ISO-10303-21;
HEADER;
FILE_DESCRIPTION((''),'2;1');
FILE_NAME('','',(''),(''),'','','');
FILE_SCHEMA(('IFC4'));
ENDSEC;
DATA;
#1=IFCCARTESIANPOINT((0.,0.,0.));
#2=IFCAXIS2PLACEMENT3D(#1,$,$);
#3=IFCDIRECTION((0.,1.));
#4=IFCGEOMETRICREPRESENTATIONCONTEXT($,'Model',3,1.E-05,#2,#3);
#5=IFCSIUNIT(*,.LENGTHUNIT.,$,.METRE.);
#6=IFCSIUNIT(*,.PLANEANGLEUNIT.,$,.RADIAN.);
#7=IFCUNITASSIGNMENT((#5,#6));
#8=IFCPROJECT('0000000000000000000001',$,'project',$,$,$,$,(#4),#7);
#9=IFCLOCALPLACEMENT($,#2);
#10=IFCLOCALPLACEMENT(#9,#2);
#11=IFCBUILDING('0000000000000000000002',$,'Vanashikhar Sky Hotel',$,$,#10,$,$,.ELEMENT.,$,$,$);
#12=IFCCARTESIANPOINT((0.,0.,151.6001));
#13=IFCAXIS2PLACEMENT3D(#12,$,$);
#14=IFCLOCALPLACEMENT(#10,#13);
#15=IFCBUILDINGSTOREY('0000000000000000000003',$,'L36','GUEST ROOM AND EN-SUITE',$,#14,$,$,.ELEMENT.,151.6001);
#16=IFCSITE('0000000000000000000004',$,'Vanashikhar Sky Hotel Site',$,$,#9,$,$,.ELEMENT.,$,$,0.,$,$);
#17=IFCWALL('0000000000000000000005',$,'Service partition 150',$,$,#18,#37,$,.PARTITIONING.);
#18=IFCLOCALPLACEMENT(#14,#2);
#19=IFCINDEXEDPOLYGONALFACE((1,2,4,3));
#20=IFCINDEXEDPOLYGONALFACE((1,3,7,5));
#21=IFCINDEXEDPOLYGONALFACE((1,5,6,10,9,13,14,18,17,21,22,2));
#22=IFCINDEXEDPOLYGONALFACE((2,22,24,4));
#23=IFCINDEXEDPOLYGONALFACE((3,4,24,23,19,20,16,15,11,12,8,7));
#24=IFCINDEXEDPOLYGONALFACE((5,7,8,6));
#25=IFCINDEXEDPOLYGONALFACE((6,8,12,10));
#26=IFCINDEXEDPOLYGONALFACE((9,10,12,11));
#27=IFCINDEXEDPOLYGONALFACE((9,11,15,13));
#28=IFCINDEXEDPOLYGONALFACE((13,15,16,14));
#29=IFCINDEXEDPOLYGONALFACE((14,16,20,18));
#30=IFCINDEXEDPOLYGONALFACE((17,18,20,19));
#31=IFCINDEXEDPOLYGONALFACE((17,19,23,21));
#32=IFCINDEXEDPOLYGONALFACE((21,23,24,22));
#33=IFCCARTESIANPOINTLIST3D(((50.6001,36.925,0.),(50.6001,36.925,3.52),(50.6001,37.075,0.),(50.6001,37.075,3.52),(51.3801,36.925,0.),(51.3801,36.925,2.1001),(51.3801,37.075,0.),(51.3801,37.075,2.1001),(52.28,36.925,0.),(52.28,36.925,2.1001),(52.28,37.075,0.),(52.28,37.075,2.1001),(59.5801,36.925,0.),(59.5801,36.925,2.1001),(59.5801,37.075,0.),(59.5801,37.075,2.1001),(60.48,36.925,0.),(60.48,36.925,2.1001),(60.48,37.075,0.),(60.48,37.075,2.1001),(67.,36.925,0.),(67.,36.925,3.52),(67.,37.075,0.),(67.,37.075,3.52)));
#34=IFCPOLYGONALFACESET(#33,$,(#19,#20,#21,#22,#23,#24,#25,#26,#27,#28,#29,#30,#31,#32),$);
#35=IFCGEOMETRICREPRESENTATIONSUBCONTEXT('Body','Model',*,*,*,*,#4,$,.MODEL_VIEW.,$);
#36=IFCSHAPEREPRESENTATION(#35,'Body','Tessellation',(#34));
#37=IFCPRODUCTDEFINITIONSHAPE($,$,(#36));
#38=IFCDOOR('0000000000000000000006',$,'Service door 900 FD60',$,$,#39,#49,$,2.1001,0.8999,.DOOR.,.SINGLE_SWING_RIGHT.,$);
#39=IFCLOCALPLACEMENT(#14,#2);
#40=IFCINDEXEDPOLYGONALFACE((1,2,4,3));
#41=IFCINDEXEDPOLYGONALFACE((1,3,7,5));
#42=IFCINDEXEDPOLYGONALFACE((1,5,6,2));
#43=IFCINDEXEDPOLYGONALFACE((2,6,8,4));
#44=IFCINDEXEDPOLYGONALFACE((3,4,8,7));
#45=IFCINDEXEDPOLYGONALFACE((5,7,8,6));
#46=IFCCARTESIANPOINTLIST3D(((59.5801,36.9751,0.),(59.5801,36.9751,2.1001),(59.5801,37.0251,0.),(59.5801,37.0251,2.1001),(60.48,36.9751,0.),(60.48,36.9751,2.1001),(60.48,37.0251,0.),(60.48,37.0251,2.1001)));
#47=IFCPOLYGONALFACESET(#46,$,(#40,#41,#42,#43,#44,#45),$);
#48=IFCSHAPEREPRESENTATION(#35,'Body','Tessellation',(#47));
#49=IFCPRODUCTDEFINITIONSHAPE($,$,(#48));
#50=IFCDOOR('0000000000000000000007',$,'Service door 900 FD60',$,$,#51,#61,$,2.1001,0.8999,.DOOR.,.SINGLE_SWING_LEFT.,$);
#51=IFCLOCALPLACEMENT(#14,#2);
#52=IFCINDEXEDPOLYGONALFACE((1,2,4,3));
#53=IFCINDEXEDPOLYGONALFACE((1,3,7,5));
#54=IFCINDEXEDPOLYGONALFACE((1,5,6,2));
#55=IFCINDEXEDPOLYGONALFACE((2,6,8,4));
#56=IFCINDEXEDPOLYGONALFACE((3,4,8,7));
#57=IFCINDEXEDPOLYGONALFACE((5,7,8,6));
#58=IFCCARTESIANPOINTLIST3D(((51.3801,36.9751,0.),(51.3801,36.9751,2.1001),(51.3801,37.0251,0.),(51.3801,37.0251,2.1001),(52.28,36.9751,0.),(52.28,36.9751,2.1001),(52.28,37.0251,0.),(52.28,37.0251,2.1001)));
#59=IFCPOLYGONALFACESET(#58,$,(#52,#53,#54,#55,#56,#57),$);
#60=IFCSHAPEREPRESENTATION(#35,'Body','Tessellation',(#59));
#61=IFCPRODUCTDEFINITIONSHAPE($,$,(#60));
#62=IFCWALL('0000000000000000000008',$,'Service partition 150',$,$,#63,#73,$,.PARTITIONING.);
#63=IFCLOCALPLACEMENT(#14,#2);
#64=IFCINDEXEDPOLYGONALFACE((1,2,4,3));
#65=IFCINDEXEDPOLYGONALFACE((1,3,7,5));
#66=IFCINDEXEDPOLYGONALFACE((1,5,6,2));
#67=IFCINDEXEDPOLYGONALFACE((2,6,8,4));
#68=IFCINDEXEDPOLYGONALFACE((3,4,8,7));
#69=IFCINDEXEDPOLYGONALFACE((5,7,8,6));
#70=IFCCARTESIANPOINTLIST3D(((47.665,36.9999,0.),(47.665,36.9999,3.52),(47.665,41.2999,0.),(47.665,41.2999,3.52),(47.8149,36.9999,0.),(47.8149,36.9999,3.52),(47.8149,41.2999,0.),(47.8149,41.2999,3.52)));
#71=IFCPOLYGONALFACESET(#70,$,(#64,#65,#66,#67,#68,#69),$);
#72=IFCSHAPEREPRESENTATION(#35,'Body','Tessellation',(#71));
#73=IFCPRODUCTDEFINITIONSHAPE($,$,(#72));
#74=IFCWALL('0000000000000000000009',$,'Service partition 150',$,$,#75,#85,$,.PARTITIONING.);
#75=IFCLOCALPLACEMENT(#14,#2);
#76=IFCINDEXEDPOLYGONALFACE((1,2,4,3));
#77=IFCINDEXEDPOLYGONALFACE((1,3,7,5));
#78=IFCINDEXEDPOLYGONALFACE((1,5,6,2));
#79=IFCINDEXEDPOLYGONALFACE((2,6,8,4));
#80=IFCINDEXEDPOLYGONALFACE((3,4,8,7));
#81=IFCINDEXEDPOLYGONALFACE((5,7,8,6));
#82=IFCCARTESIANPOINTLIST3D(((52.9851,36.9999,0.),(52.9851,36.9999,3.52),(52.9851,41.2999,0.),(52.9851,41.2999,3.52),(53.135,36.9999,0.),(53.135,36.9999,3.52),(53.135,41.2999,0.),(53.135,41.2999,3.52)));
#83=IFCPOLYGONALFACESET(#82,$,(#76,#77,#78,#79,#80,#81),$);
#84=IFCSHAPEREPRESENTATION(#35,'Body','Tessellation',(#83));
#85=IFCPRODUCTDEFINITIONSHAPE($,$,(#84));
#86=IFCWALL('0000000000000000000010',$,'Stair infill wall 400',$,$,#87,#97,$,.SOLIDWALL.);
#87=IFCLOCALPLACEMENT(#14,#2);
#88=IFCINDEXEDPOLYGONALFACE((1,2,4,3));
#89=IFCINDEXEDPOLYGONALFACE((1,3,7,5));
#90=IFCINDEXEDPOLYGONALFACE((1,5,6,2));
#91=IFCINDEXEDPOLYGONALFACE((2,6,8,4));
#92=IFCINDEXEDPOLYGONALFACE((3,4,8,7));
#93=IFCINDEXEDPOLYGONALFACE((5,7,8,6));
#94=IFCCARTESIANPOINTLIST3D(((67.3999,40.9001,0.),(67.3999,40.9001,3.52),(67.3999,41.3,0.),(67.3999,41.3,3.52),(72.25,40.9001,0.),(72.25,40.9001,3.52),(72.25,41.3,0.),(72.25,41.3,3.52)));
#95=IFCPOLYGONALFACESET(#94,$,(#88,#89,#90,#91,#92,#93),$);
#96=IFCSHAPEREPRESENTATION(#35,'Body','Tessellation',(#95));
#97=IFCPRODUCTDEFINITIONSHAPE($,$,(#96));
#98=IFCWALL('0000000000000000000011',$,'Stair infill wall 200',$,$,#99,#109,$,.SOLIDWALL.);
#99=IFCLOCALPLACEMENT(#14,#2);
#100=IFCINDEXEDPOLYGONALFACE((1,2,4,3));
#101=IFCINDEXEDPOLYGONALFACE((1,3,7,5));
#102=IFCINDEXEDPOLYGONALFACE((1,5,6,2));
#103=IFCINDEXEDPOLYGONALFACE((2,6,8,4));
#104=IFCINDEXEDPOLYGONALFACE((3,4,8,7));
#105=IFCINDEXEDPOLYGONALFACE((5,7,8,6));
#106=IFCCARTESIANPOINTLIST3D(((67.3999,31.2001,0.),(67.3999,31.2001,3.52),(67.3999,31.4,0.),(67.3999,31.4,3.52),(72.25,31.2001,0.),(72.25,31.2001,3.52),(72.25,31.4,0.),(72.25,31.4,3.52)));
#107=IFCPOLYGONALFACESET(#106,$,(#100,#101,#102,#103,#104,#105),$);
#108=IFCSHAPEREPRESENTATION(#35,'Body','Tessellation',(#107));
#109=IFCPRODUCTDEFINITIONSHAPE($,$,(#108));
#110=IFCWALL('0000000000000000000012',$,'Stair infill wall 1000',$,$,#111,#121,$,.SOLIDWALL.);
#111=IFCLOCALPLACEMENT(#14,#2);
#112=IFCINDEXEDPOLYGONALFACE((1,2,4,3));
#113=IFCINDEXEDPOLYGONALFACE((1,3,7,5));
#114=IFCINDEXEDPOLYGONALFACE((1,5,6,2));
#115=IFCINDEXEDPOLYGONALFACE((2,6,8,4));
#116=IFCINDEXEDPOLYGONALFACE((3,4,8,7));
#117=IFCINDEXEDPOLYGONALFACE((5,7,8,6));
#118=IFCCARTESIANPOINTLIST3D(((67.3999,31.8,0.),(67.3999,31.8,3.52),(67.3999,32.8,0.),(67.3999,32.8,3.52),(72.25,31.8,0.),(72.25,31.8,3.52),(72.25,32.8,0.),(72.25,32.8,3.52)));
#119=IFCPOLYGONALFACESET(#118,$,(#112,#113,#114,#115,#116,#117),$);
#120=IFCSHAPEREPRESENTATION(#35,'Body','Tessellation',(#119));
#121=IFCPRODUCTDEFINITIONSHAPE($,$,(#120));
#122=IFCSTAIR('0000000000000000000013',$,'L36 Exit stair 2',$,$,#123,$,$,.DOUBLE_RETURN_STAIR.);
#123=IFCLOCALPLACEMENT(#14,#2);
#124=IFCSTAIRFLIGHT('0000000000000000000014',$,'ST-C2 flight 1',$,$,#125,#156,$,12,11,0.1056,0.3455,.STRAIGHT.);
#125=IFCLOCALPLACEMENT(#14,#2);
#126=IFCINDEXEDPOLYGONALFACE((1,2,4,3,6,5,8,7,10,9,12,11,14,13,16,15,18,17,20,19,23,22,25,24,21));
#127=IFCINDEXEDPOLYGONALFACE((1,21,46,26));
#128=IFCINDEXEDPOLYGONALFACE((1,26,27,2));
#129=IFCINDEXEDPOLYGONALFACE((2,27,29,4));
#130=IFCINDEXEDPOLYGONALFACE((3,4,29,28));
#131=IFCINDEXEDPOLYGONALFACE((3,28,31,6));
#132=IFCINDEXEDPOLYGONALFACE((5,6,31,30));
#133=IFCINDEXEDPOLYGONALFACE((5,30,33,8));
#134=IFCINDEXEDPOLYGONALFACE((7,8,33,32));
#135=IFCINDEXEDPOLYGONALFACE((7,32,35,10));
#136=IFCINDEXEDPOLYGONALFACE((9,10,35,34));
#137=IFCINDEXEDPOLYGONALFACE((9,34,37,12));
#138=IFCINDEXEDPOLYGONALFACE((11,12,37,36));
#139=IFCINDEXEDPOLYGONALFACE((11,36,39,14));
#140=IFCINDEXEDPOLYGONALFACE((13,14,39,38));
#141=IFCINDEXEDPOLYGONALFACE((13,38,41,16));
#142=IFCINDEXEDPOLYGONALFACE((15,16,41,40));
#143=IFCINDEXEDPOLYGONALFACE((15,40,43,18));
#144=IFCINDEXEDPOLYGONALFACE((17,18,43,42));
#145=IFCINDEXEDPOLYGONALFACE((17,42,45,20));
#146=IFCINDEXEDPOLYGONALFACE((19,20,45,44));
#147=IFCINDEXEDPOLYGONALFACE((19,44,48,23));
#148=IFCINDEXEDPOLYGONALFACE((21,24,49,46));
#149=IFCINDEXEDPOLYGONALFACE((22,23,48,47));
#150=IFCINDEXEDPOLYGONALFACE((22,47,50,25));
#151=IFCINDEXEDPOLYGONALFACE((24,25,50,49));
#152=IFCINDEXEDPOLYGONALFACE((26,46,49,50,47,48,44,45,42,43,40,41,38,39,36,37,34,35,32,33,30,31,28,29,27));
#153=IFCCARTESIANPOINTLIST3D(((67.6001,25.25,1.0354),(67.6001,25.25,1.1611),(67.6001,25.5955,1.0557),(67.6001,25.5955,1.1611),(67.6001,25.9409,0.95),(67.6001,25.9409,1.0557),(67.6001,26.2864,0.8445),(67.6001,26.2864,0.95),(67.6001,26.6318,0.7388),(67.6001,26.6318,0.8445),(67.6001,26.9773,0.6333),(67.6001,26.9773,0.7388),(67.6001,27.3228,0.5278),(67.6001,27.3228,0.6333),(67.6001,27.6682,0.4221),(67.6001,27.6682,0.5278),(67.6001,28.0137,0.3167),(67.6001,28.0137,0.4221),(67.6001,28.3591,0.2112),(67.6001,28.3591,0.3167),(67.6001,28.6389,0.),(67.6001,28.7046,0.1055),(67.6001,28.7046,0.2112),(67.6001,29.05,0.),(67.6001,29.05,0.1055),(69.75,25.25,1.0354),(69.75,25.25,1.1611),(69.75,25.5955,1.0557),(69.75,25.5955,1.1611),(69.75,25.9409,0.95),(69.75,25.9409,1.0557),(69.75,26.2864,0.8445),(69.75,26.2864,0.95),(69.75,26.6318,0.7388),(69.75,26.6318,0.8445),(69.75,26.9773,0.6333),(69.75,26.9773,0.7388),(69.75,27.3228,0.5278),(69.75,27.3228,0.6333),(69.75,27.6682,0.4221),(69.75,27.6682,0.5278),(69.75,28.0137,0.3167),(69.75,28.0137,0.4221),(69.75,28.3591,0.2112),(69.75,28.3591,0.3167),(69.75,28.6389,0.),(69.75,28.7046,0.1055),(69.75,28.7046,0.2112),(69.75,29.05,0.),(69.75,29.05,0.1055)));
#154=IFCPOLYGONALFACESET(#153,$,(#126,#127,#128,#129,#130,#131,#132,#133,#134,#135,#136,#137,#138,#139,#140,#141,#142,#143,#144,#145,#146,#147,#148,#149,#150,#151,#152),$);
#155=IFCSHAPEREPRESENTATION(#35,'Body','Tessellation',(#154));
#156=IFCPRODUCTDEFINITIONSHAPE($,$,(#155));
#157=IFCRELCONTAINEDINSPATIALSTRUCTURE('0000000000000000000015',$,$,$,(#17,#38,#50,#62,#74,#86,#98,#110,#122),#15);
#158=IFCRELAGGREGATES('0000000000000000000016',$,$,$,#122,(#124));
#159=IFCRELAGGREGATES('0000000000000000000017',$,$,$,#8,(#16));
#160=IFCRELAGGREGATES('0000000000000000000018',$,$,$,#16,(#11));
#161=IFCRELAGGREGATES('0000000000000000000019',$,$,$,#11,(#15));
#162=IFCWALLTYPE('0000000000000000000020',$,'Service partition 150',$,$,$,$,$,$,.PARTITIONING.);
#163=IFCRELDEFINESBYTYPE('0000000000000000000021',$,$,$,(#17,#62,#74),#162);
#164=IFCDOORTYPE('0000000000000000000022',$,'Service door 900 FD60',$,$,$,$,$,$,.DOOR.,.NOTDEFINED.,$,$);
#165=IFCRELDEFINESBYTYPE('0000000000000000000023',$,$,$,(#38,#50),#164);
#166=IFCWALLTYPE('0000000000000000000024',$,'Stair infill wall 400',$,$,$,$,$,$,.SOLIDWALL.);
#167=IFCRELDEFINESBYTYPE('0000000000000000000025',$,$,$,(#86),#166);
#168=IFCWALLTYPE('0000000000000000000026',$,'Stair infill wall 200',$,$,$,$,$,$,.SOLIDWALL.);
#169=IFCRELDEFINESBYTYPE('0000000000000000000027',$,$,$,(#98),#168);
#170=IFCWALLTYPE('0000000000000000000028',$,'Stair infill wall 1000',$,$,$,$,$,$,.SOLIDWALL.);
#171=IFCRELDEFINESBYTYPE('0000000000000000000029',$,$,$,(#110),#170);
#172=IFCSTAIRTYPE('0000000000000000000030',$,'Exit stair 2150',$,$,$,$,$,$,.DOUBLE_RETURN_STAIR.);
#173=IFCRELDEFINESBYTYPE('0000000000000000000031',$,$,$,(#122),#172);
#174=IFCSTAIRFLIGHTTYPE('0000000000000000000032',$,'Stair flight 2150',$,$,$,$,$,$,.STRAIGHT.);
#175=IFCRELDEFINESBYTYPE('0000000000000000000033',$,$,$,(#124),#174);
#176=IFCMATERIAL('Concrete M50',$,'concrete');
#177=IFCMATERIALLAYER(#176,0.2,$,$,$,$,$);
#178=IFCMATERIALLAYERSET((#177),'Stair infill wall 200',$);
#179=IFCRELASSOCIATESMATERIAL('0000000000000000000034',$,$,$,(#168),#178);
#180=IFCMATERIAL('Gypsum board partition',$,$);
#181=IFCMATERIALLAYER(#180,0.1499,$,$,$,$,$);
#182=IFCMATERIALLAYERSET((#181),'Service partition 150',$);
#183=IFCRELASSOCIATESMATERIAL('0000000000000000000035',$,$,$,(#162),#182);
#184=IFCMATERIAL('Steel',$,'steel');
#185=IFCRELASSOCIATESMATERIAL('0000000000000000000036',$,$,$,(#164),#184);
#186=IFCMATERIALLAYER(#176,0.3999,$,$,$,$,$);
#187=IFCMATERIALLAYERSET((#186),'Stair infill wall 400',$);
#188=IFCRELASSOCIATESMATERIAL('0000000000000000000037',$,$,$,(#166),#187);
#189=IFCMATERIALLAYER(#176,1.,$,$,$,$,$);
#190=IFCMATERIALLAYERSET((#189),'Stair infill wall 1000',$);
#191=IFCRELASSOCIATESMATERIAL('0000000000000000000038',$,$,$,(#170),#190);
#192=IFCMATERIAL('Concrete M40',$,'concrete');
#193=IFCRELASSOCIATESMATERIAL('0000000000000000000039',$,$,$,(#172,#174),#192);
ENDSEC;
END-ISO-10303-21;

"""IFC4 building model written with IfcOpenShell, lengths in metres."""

from ifc_helpers import new_model, si_unit, direction, frame, frame_2d, origin, place, context, subcontext, project, spatial, polyline, rectangle, outline, extrude, source, transform, mapped, material, layer, layer_set, type_object, element, fill, aggregate, save


model = new_model("IFC4")

# Units and contexts
model_context = context("Model", 3, precision=1e-05, world=origin(), true_north=direction((0.0, 1.0)))
body_context = subcontext(model_context, "Body", "Model", "MODEL_VIEW")
ifc_project = project(units=[si_unit("LENGTHUNIT", "METRE"), si_unit("PLANEANGLEUNIT", "RADIAN")], contexts=[model_context])

# Site, building, storey
site_placement = place(None, origin())
site = spatial("IfcSite", under=ifc_project, at=site_placement, Name="Vanashikhar Sky Hotel Site", CompositionType="ELEMENT", RefElevation=0.0)
building_placement = place(site_placement, origin())
building = spatial("IfcBuilding", under=site, at=building_placement, Name="Vanashikhar Sky Hotel", CompositionType="ELEMENT")
storey_placement = place(building_placement, frame((0.0, 0.0, 151.6001)))
storey = spatial("IfcBuildingStorey", under=building, at=storey_placement, Name="L36", Description="GUEST ROOM AND EN-SUITE", CompositionType="ELEMENT", Elevation=151.6001)

# Shared definitions
ifc_material_1 = material(Name="Steel", Category="steel")

# Shared definitions
ifc_material_2 = material(Name="Concrete M50", Category="concrete")
ifc_layer_1 = layer(ifc_material_2, 0.2)
ifc_layer_set_1 = layer_set([ifc_layer_1], Name="Stair infill wall 200")
wall_type_1 = type_object("IfcWallType", Name="Stair infill wall 200", PredefinedType="SOLIDWALL", material=ifc_layer_set_1)
ifc_material_3 = material(Name="Gypsum board partition")
ifc_layer_2 = layer(ifc_material_3, 0.1499)
ifc_layer_set_2 = layer_set([ifc_layer_2], Name="Service partition 150")
wall_type_2 = type_object("IfcWallType", Name="Service partition 150", PredefinedType="PARTITIONING", material=ifc_layer_set_2)

# Wall, openings, doors
shared_shape_1 = source(origin(), body_context, "Body", "SweptSolid", [
    extrude(rectangle(XDim=0.8999, YDim=2.1001, at=frame_2d((0.45, 1.05))), frame((0.0, 0.085, 0.0), z_axis=(0.0, -1.0, 0.0), x_axis=(1.0, 0.0, 0.0)), (0.0, 0.0, 1.0), 0.1699),
])
door_type_1 = type_object("IfcDoorType", Name="Service door 900 FD60", OperationType="NOTDEFINED", PredefinedType="DOOR", material=ifc_material_1)
shared_shape_2 = source(origin(), body_context, "Body", "SweptSolid", [
    extrude(rectangle(XDim=0.8999, YDim=2.1001, at=frame_2d((0.45, 1.05))), frame((0.0, 0.0249, 0.0), z_axis=(0.0, -1.0, 0.0), x_axis=(1.0, 0.0, 0.0)), (0.0, 0.0, 1.0), 0.05),
])
shared_shape_3 = source(origin(), body_context, "Body", "SweptSolid", [
    extrude(rectangle(XDim=16.3999, YDim=0.1499, at=frame_2d((8.2, 0.0))), origin(), (0.0, 0.0, 1.0), 3.52),
])
wall_1_placement = place(storey_placement, frame((67.0, 37.0, 0.0), z_axis=(0.0, 0.0, 1.0), x_axis=(-1.0, 0.0, 0.0)))
wall_1 = element("IfcWall", 1, at=wall_1_placement, inside=storey, type_object=wall_type_2, Name="Service partition 150", PredefinedType="PARTITIONING", context=body_context, shape_type="MappedRepresentation", body=[
    mapped(shared_shape_3, transform((0.0, 0.0, 0.0), scale=1.0)),
])
opening_1_placement = place(wall_1_placement, frame((6.52, 0.0, 0.0)))
opening_1 = element("IfcOpeningElement", 2, at=opening_1_placement, cuts=wall_1, PredefinedType="OPENING", context=body_context, shape_type="MappedRepresentation", body=[
    mapped(shared_shape_1, transform((0.0, 0.0, 0.0), scale=1.0)),
])
opening_2_placement = place(wall_1_placement, frame((14.72, 0.0, 0.0)))
opening_2 = element("IfcOpeningElement", 3, at=opening_2_placement, cuts=wall_1, PredefinedType="OPENING", context=body_context, shape_type="MappedRepresentation", body=[
    mapped(shared_shape_1, transform((0.0, 0.0, 0.0), scale=1.0)),
])
door_1_placement = place(opening_1_placement, origin())
door_1 = element("IfcDoor", 4, at=door_1_placement, inside=storey, type_object=door_type_1, Name="Service door 900 FD60", OperationType="SINGLE_SWING_RIGHT", OverallHeight=2.1001, OverallWidth=0.8999, PredefinedType="DOOR", context=body_context, shape_type="MappedRepresentation", body=[
    mapped(shared_shape_2, transform((0.0, 0.0, 0.0), scale=1.0)),
])
fill(opening_1, door_1)
door_2_placement = place(opening_2_placement, origin())
door_2 = element("IfcDoor", 5, at=door_2_placement, inside=storey, type_object=door_type_1, Name="Service door 900 FD60", OperationType="SINGLE_SWING_LEFT", OverallHeight=2.1001, OverallWidth=0.8999, PredefinedType="DOOR", context=body_context, shape_type="MappedRepresentation", body=[
    mapped(shared_shape_2, transform((0.0, 0.0, 0.0), scale=1.0)),
])
fill(opening_2, door_2)

# Walls
shared_shape_4 = source(origin(), body_context, "Body", "SweptSolid", [
    extrude(rectangle(XDim=4.3, YDim=0.1499, at=frame_2d((2.1499, 0.0))), origin(), (0.0, 0.0, 1.0), 3.52),
])
for number, where, z_axis, x_axis, name in (
    (6, (47.74, 37.0, 0.0), (0.0, 0.0, 1.0), (0.0, 1.0, 0.0), "Service partition 150"),
    (7, (53.0601, 37.0, 0.0), (0.0, 0.0, 1.0), (0.0, 1.0, 0.0), "Service partition 150"),
):
    element("IfcWall", number, at=place(storey_placement, frame(where, z_axis=z_axis, x_axis=x_axis)), inside=storey, type_object=wall_type_2, Name=name, PredefinedType="PARTITIONING", context=body_context, shape_type="MappedRepresentation", body=[
        mapped(shared_shape_4, transform((0.0, 0.0, 0.0), scale=1.0)),
    ])
ifc_layer_3 = layer(ifc_material_2, 0.3999)
ifc_layer_set_3 = layer_set([ifc_layer_3], Name="Stair infill wall 400")
wall_type_3 = type_object("IfcWallType", Name="Stair infill wall 400", PredefinedType="SOLIDWALL", material=ifc_layer_set_3)
shared_shape_5 = source(origin(), body_context, "Body", "SweptSolid", [
    extrude(rectangle(XDim=4.8501, YDim=0.3999, at=frame_2d((2.425, 0.0))), origin(), (0.0, 0.0, 1.0), 3.52),
])
wall_2_placement = place(storey_placement, frame((67.3999, 41.1001, 0.0), z_axis=(0.0, 0.0, 1.0), x_axis=(1.0, 0.0, 0.0)))
element("IfcWall", 8, at=wall_2_placement, inside=storey, type_object=wall_type_3, Name="Stair infill wall 400", PredefinedType="SOLIDWALL", context=body_context, shape_type="MappedRepresentation", body=[
    mapped(shared_shape_5, transform((0.0, 0.0, 0.0), scale=1.0)),
])
shared_shape_6 = source(origin(), body_context, "Body", "SweptSolid", [
    extrude(rectangle(XDim=4.8501, YDim=0.2, at=frame_2d((2.425, 0.0))), origin(), (0.0, 0.0, 1.0), 3.52),
])
wall_3_placement = place(storey_placement, frame((67.3999, 31.3, 0.0), z_axis=(0.0, 0.0, 1.0), x_axis=(1.0, 0.0, 0.0)))
element("IfcWall", 9, at=wall_3_placement, inside=storey, type_object=wall_type_1, Name="Stair infill wall 200", PredefinedType="SOLIDWALL", context=body_context, shape_type="MappedRepresentation", body=[
    mapped(shared_shape_6, transform((0.0, 0.0, 0.0), scale=1.0)),
])
ifc_layer_4 = layer(ifc_material_2, 1.0)
ifc_layer_set_4 = layer_set([ifc_layer_4], Name="Stair infill wall 1000")
wall_type_4 = type_object("IfcWallType", Name="Stair infill wall 1000", PredefinedType="SOLIDWALL", material=ifc_layer_set_4)
shared_shape_7 = source(origin(), body_context, "Body", "SweptSolid", [
    extrude(rectangle(XDim=4.8501, YDim=1.0, at=frame_2d((2.425, 0.0))), origin(), (0.0, 0.0, 1.0), 3.52),
])
wall_4_placement = place(storey_placement, frame((67.3999, 32.3, 0.0), z_axis=(0.0, 0.0, 1.0), x_axis=(1.0, 0.0, 0.0)))
element("IfcWall", 10, at=wall_4_placement, inside=storey, type_object=wall_type_4, Name="Stair infill wall 1000", PredefinedType="SOLIDWALL", context=body_context, shape_type="MappedRepresentation", body=[
    mapped(shared_shape_7, transform((0.0, 0.0, 0.0), scale=1.0)),
])

# Stair, stair flight
ifc_material_4 = material(Name="Concrete M40", Category="concrete")
stair_type = type_object("IfcStairType", Name="Exit stair 2150", PredefinedType="DOUBLE_RETURN_STAIR", material=ifc_material_4)
stair_1_placement = place(storey_placement, origin())
stair_1 = element("IfcStair", 11, at=stair_1_placement, inside=storey, type_object=stair_type, Name="L36 Exit stair 2", PredefinedType="DOUBLE_RETURN_STAIR")
stair_flight_type = type_object("IfcStairFlightType", Name="Stair flight 2150", PredefinedType="STRAIGHT", material=ifc_material_4)
shared_shape_8 = source(origin(), body_context, "Body", "SweptSolid", [
    extrude(outline(polyline([(0.0, 0.0), (0.0, 0.1055), (0.3455, 0.1055), (0.3455, 0.2112), (0.6909, 0.2112), (0.6909, 0.3167), (1.0364, 0.3167), (1.0364, 0.4221), (1.3818, 0.4221), (1.3818, 0.5278), (1.7273, 0.5278), (1.7273, 0.6333), (2.0728, 0.6333), (2.0728, 0.7388), (2.4182, 0.7388), (2.4182, 0.8445), (2.7637, 0.8445), (2.7637, 0.95), (3.1091, 0.95), (3.1091, 1.0557), (3.4546, 1.0557), (3.4546, 1.1611), (3.8, 1.1611), (3.8, 1.2666), (3.8, 1.0354), (0.4111, 0.0), (0.0, 0.0)])), frame((0.0, 1.075, 0.0), z_axis=(0.0, -1.0, 0.0), x_axis=(1.0, 0.0, 0.0)), (0.0, 0.0, 1.0), 2.1499),
])
stair_flight_1_placement = place(storey_placement, frame((68.675, 29.05, 0.0), z_axis=(0.0, 0.0, 1.0), x_axis=(0.0, -1.0, 0.0)))
stair_flight_1 = element("IfcStairFlight", 12, at=stair_flight_1_placement, type_object=stair_flight_type, Name="ST-C2 flight 1", NumberOfRisers=12, NumberOfTreads=11, PredefinedType="STRAIGHT", RiserHeight=0.1056, TreadLength=0.3455, context=body_context, shape_type="MappedRepresentation", body=[
    mapped(shared_shape_8, transform((0.0, 0.0, 0.0), scale=1.0)),
])
aggregate(stair_1, [stair_flight_1])

save(model, "model.ifc")
